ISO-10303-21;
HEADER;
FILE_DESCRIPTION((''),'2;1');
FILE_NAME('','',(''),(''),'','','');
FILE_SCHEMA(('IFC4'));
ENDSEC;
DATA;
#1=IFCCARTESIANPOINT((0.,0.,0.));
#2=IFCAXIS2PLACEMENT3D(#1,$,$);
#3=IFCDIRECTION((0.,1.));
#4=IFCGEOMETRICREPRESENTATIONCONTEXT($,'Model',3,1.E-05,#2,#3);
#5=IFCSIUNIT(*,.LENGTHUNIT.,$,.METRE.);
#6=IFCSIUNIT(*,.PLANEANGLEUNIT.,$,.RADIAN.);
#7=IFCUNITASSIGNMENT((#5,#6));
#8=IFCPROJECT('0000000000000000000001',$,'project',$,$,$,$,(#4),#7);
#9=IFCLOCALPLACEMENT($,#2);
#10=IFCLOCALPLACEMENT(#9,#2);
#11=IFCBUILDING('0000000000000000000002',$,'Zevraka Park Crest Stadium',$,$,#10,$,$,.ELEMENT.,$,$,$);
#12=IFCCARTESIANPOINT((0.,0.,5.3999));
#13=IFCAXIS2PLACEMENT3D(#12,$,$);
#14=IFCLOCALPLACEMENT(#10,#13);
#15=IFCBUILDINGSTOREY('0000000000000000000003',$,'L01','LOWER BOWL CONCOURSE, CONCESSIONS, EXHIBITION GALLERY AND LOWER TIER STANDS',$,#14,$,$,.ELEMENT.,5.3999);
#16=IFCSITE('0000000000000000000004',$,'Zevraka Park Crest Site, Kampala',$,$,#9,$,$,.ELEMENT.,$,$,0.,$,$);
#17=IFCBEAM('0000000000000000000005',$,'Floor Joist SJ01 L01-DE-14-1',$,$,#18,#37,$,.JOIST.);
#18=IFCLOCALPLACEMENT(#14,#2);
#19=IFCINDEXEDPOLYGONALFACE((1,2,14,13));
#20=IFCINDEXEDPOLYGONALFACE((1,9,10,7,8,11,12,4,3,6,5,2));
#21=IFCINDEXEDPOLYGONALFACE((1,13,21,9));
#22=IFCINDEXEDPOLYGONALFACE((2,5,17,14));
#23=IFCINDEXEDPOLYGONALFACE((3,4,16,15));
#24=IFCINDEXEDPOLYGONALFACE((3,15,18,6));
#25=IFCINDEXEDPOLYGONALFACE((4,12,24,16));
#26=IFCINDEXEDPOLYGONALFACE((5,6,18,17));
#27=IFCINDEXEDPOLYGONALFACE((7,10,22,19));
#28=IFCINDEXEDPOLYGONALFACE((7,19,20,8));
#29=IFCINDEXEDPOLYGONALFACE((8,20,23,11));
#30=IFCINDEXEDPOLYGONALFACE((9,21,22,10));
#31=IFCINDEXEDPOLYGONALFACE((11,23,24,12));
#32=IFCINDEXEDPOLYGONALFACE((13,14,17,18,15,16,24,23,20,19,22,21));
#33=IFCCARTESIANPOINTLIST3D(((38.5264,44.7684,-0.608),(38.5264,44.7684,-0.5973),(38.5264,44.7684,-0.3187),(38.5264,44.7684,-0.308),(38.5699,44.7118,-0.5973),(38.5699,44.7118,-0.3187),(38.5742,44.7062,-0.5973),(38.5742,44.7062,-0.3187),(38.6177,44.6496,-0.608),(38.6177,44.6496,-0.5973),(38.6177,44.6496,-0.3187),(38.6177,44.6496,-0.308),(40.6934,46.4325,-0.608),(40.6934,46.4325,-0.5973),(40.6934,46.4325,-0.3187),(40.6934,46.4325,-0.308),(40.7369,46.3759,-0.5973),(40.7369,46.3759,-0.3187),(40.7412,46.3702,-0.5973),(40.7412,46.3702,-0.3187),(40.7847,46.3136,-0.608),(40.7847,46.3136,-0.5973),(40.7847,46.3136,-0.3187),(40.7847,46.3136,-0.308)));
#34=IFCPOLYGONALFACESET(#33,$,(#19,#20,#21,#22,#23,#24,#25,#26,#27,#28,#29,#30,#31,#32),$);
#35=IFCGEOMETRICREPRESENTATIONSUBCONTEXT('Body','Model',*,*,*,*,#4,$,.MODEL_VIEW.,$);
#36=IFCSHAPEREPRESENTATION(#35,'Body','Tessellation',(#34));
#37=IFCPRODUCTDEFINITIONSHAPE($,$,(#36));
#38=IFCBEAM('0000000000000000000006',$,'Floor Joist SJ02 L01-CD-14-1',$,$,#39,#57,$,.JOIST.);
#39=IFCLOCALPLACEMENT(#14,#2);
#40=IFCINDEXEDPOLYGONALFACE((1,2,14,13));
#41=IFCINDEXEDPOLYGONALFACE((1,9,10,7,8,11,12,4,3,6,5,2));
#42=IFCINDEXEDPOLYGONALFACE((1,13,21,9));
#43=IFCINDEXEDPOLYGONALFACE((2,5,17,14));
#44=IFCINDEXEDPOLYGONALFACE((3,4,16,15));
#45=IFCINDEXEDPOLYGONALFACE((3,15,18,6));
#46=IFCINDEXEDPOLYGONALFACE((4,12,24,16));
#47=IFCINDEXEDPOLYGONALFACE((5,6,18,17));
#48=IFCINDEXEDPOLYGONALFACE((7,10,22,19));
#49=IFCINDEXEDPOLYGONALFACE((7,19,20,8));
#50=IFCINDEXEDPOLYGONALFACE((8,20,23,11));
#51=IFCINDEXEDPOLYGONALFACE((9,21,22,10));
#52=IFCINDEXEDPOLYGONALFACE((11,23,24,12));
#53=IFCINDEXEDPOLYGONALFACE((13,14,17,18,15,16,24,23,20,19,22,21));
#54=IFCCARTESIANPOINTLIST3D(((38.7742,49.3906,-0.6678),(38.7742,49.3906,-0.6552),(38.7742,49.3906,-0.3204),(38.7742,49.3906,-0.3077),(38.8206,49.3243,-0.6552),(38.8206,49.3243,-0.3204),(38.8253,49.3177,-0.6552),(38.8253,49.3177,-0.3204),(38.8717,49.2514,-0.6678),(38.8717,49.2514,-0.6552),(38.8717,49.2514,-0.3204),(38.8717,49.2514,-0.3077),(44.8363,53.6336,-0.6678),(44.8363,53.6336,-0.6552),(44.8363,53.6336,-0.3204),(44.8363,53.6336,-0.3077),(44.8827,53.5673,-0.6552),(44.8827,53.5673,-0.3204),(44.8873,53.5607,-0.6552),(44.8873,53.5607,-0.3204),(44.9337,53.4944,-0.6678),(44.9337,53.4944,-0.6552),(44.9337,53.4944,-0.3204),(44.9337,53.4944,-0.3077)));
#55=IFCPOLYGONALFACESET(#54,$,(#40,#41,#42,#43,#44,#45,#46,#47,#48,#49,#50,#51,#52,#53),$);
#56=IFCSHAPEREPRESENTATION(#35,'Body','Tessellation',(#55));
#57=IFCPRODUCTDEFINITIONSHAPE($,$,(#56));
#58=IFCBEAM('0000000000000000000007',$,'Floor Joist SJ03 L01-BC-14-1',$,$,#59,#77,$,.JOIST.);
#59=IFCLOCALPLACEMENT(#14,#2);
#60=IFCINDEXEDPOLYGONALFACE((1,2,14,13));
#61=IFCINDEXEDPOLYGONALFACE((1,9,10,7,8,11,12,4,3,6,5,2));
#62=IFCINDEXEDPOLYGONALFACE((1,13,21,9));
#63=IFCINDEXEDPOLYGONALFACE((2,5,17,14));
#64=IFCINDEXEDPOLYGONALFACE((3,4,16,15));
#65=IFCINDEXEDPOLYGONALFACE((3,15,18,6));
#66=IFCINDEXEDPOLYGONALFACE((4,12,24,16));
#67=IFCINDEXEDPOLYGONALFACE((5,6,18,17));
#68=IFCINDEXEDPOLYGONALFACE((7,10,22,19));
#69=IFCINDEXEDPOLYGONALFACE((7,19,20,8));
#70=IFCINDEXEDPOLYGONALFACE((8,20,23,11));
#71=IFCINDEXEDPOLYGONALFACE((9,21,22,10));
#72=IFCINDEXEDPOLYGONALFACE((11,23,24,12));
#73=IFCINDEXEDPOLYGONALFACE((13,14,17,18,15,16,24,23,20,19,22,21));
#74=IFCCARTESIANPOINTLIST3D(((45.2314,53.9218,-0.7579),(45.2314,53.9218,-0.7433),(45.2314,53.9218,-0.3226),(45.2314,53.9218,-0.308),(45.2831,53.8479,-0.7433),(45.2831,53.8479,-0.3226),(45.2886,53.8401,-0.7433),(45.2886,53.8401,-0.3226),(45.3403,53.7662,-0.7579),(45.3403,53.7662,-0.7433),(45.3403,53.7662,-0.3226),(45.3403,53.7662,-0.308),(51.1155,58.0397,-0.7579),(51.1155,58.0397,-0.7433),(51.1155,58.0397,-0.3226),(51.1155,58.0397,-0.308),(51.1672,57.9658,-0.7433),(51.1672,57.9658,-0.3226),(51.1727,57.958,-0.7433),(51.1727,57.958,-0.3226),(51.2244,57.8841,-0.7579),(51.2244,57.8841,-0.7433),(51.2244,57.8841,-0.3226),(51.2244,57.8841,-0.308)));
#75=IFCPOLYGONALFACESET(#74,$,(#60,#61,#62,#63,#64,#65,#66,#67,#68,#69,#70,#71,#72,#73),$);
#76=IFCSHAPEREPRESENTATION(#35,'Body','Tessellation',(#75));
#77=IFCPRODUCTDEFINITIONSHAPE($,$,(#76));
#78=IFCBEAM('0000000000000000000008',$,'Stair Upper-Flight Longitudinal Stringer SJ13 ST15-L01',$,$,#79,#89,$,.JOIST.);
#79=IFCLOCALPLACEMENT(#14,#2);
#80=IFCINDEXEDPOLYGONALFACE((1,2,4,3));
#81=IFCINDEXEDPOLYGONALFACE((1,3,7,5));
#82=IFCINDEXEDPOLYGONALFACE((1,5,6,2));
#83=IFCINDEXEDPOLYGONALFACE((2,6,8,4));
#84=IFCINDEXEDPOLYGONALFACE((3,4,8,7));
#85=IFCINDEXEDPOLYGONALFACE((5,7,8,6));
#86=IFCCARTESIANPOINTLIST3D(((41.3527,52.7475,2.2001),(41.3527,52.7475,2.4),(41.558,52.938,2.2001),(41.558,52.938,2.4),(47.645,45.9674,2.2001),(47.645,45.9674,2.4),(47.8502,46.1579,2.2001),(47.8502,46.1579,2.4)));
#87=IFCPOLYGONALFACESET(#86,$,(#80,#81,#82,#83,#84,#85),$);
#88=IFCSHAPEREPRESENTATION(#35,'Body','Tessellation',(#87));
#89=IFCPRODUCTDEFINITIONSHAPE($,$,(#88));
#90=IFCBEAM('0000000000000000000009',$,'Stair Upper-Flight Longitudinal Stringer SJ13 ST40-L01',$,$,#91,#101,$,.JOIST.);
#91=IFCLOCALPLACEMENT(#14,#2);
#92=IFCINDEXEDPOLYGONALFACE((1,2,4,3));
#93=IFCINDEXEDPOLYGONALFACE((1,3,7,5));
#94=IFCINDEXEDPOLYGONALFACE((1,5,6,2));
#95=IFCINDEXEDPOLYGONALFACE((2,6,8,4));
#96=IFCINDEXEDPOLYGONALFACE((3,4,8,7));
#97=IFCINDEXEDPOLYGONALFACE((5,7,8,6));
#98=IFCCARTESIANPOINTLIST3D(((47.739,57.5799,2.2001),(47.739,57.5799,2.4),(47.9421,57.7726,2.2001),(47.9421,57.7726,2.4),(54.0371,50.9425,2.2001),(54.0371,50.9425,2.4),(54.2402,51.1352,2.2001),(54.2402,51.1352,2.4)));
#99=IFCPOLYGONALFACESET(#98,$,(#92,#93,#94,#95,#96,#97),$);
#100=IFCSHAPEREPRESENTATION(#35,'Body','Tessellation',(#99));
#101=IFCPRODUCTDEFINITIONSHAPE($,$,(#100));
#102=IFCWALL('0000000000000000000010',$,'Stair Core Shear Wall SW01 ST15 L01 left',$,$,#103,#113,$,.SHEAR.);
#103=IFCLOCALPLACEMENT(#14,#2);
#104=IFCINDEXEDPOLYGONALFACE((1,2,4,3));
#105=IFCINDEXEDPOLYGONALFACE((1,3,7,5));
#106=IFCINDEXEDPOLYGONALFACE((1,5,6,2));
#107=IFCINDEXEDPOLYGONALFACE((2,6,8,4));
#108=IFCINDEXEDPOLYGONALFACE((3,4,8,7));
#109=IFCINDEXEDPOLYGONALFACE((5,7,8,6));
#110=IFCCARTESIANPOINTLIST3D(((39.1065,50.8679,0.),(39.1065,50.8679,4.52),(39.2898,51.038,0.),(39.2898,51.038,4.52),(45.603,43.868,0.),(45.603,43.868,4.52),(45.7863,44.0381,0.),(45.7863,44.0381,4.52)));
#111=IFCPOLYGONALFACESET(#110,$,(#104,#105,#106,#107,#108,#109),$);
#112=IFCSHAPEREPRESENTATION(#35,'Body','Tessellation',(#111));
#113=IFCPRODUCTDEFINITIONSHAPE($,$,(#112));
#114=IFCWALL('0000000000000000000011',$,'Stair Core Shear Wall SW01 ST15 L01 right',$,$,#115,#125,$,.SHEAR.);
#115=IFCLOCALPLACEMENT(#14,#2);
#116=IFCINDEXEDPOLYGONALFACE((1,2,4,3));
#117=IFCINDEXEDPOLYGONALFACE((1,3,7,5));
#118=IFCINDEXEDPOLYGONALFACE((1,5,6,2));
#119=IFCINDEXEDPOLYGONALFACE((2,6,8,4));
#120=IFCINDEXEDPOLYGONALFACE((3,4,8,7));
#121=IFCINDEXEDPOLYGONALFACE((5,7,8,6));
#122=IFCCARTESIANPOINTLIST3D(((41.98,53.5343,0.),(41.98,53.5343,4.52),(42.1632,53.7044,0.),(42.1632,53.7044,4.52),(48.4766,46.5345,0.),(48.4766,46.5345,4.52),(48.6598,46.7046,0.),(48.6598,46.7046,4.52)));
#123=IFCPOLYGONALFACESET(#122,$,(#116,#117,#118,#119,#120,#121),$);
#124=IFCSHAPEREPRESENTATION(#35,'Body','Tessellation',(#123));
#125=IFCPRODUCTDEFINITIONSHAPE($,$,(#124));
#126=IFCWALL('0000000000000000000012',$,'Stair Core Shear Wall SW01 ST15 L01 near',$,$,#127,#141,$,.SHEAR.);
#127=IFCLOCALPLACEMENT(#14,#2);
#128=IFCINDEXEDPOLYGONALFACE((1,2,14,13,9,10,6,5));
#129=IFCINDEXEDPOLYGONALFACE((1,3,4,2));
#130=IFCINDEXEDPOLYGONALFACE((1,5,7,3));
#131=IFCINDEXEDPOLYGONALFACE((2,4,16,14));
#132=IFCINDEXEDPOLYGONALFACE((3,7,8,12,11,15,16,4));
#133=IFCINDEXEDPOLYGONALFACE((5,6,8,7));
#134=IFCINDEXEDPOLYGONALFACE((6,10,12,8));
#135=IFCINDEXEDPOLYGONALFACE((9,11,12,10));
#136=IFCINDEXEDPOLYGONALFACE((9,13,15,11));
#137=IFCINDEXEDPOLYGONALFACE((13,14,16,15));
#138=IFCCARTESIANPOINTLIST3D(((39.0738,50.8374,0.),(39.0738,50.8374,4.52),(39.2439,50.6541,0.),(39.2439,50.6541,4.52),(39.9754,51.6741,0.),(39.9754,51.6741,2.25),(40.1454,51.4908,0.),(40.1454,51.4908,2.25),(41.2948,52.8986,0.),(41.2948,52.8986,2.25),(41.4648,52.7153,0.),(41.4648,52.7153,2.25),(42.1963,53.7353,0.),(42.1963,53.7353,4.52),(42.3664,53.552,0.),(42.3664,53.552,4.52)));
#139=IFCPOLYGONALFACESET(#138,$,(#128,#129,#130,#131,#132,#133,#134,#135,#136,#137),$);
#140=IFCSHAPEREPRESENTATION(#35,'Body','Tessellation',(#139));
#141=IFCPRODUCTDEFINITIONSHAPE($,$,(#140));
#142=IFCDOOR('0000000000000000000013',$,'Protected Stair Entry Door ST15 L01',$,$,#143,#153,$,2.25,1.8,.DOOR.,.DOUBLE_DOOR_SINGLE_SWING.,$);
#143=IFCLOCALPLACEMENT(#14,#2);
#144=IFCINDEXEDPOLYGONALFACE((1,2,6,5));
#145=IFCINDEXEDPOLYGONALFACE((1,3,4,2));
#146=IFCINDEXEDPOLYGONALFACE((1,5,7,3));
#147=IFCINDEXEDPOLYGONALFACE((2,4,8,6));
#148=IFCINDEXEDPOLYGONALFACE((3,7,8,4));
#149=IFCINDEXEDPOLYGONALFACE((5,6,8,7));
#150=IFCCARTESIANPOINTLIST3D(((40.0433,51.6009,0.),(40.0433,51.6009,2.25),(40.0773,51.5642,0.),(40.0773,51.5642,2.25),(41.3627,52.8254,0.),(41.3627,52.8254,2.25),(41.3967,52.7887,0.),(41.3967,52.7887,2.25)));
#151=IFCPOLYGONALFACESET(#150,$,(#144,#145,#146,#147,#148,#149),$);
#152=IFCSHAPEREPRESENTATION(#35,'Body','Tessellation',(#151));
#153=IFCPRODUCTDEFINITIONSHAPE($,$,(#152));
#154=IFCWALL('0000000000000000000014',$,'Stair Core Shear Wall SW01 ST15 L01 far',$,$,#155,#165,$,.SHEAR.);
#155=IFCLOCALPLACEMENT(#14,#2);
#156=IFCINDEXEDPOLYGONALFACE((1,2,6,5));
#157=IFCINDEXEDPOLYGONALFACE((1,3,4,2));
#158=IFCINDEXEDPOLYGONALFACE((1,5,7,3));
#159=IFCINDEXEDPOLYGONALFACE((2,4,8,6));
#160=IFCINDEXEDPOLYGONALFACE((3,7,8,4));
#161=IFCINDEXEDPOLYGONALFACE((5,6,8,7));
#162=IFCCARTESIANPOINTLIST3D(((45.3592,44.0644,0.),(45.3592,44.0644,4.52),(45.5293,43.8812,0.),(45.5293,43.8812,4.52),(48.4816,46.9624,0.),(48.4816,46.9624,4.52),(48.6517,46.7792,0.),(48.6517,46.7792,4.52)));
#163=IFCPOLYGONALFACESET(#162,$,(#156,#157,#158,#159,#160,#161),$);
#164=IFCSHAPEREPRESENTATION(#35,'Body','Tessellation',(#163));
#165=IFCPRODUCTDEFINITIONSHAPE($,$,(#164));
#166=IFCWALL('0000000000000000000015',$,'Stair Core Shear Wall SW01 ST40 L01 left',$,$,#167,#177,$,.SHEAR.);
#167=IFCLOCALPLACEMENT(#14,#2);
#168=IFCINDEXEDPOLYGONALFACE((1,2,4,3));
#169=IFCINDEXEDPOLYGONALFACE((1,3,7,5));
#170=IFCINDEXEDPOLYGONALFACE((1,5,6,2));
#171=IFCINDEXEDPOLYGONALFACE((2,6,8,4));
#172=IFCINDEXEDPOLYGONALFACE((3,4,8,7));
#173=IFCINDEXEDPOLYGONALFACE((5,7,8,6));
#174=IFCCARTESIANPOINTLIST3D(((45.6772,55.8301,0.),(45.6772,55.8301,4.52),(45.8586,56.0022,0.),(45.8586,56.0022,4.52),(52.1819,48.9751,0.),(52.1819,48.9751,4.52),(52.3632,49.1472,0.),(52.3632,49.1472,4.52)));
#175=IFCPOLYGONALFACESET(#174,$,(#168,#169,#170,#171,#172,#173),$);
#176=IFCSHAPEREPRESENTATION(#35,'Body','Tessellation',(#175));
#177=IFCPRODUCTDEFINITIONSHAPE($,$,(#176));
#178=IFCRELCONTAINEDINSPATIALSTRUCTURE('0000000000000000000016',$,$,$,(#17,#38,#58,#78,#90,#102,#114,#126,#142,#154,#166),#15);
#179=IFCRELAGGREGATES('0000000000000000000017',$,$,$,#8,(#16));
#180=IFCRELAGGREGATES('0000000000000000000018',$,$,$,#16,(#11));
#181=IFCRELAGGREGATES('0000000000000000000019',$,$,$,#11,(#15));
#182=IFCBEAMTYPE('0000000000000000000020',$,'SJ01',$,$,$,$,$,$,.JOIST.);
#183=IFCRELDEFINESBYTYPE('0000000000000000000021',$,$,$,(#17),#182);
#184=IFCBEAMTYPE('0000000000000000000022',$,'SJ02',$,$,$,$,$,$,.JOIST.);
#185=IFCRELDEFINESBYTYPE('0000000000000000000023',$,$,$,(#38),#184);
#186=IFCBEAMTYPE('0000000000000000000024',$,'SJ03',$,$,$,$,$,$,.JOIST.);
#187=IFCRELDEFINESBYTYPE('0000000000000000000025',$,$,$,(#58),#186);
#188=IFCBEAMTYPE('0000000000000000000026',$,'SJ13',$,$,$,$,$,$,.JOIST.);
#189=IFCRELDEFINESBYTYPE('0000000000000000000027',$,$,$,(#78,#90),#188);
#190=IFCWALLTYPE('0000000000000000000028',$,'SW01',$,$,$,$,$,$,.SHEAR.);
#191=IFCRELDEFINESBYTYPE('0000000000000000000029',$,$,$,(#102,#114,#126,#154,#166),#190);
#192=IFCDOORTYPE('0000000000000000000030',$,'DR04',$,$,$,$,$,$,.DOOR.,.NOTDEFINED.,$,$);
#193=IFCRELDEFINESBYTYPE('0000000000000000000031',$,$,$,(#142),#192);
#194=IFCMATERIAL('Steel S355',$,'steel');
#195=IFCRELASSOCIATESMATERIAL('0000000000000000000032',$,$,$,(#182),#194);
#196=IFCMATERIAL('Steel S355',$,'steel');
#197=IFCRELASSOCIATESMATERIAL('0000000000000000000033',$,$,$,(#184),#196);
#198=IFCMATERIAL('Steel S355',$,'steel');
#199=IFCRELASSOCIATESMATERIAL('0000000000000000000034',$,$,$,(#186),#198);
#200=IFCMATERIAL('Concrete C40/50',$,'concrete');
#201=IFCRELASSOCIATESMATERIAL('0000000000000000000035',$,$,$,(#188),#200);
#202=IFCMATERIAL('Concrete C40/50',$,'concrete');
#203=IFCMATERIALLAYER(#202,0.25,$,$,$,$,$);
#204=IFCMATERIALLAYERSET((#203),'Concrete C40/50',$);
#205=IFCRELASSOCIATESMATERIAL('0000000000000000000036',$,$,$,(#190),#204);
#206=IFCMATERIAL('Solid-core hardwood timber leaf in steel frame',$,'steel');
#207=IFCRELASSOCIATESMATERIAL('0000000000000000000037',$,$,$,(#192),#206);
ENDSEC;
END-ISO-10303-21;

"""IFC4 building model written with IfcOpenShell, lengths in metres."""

from ifc_helpers import new_model, si_unit, direction, frame, frame_2d, origin, origin_2d, place, context, subcontext, project, spatial, rectangle, i_section, extrude, material, layer, layer_set, material_profile, profile_set, type_object, element, fill, save


model = new_model("IFC4")

# Units and contexts
model_context = context("Model", 3, precision=1e-05, world=origin(), true_north=direction((0.0, 1.0)))
body_context = subcontext(model_context, "Body", "Model", "MODEL_VIEW")
ifc_project = project(units=[si_unit("LENGTHUNIT", "METRE"), si_unit("PLANEANGLEUNIT", "RADIAN")], contexts=[model_context])

# Site, building, storey
site_placement = place(None, origin())
site = spatial("IfcSite", under=ifc_project, at=site_placement, Name="Zevraka Park Crest Site, Kampala", CompositionType="ELEMENT", RefElevation=0.0)
building_placement = place(site_placement, origin())
building = spatial("IfcBuilding", under=site, at=building_placement, Name="Zevraka Park Crest Stadium", CompositionType="ELEMENT")
storey_placement = place(building_placement, frame((0.0, 0.0, 5.3999)))
storey = spatial("IfcBuildingStorey", under=building, at=storey_placement, Name="L01", Description="LOWER BOWL CONCOURSE, CONCESSIONS, EXHIBITION GALLERY AND LOWER TIER STANDS", CompositionType="ELEMENT", Elevation=5.3999)

# Beams
ifc_material_1 = material(Name="Steel S355", Category="steel")
ifc_material_profile_1 = material_profile(ifc_material_1, i_section(OverallWidth=0.1499, OverallDepth=0.3, WebThickness=0.0071, FlangeThickness=0.0107, at=origin_2d()), Name="IPE 300")
ifc_profile_set_1 = profile_set([ifc_material_profile_1], Name="Steel S355")
beam_type_1 = type_object("IfcBeamType", Name="SJ01", PredefinedType="JOIST", material=ifc_profile_set_1)
beam_1_placement = place(storey_placement, frame((40.739, 46.373, -0.458), z_axis=(-0.793129, -0.609054, 0.0), x_axis=(0.609054, -0.793129, 0.0)))
element("IfcBeam", 1, at=beam_1_placement, inside=storey, type_object=beam_type_1, Name="Floor Joist SJ01 L01-DE-14-1", PredefinedType="JOIST", context=body_context, shape_type="SweptSolid", body=[
    extrude(i_section(OverallWidth=0.1499, OverallDepth=0.3, WebThickness=0.0071, FlangeThickness=0.0107, at=origin_2d()), origin(), (0.0, 0.0, 1.0), 2.7322),
])
ifc_material_2 = material(Name="Steel S355", Category="steel")
ifc_material_profile_2 = material_profile(ifc_material_2, i_section(OverallWidth=0.1699, OverallDepth=0.3601, WebThickness=0.0081, FlangeThickness=0.0127, at=origin_2d()), Name="IPE 360")
ifc_profile_set_2 = profile_set([ifc_material_profile_2], Name="Steel S355")
beam_type_2 = type_object("IfcBeamType", Name="SJ02", PredefinedType="JOIST", material=ifc_profile_set_2)
beam_2_placement = place(storey_placement, frame((44.885, 53.564, -0.4878), z_axis=(-0.819263, -0.573418, 0.0), x_axis=(0.573418, -0.819263, 0.0)))
element("IfcBeam", 2, at=beam_2_placement, inside=storey, type_object=beam_type_2, Name="Floor Joist SJ02 L01-CD-14-1", PredefinedType="JOIST", context=body_context, shape_type="SweptSolid", body=[
    extrude(i_section(OverallWidth=0.1699, OverallDepth=0.3601, WebThickness=0.0081, FlangeThickness=0.0127, at=origin_2d()), origin(), (0.0, 0.0, 1.0), 7.3994),
])
ifc_material_3 = material(Name="Steel S355", Category="steel")
ifc_material_profile_3 = material_profile(ifc_material_3, i_section(OverallWidth=0.1899, OverallDepth=0.45, WebThickness=0.0095, FlangeThickness=0.0146, at=origin_2d()), Name="IPE 450")
ifc_profile_set_3 = profile_set([ifc_material_profile_3], Name="Steel S355")
beam_type_3 = type_object("IfcBeamType", Name="SJ03", PredefinedType="JOIST", material=ifc_profile_set_3)
beam_3_placement = place(storey_placement, frame((51.1699, 57.9619, -0.533), z_axis=(-0.819291, -0.573378, 0.0), x_axis=(0.573378, -0.819291, 0.0)))
element("IfcBeam", 3, at=beam_3_placement, inside=storey, type_object=beam_type_3, Name="Floor Joist SJ03 L01-BC-14-1", PredefinedType="JOIST", context=body_context, shape_type="SweptSolid", body=[
    extrude(i_section(OverallWidth=0.1899, OverallDepth=0.45, WebThickness=0.0095, FlangeThickness=0.0146, at=origin_2d()), origin(), (0.0, 0.0, 1.0), 7.1819),
])
ifc_material_4 = material(Name="Concrete C40/50", Category="concrete")
ifc_material_profile_4 = material_profile(ifc_material_4, rectangle(XDim=0.28, YDim=0.2, at=origin_2d()), Name="RC 200x280")
ifc_profile_set_4 = profile_set([ifc_material_profile_4], Name="Concrete C40/50")
beam_type_4 = type_object("IfcBeamType", Name="SJ13", PredefinedType="JOIST", material=ifc_profile_set_4)
beam_4_placement = place(storey_placement, frame((41.4553, 52.8428, 2.3), z_axis=(0.680248, -0.732982, 0.0), x_axis=(0.732982, 0.680248, 0.0)))
element("IfcBeam", 4, at=beam_4_placement, inside=storey, type_object=beam_type_4, Name="Stair Upper-Flight Longitudinal Stringer SJ13 ST15-L01", PredefinedType="JOIST", context=body_context, shape_type="SweptSolid", body=[
    extrude(rectangle(XDim=0.28, YDim=0.2, at=origin_2d()), origin(), (0.0, 0.0, 1.0), 9.25),
])
beam_5_placement = place(storey_placement, frame((47.8406, 57.6763, 2.3), z_axis=(0.688319, -0.725408, 0.0), x_axis=(0.725408, 0.688319, 0.0)))
element("IfcBeam", 5, at=beam_5_placement, inside=storey, type_object=beam_type_4, Name="Stair Upper-Flight Longitudinal Stringer SJ13 ST40-L01", PredefinedType="JOIST", context=body_context, shape_type="SweptSolid", body=[
    extrude(rectangle(XDim=0.28, YDim=0.2, at=origin_2d()), origin(), (0.0, 0.0, 1.0), 9.1499),
])

# Walls
ifc_material_5 = material(Name="Concrete C40/50", Category="concrete")
ifc_layer = layer(ifc_material_5, 0.25)
ifc_layer_set = layer_set([ifc_layer], Name="Concrete C40/50")
wall_type = type_object("IfcWallType", Name="SW01", PredefinedType="SHEAR", material=ifc_layer_set)
for number, where, z_axis, x_axis, name in (
    (6, (39.1982, 50.9529, 0.0), (0.0, 0.0, 1.0), (0.680259, -0.732972, 0.0), "Stair Core Shear Wall SW01 ST15 L01 left"),
    (7, (48.5681, 46.6196, 0.0), (0.0, 0.0, 1.0), (-0.680272, 0.73296, 0.0), "Stair Core Shear Wall SW01 ST15 L01 right"),
):
    element("IfcWall", number, at=place(storey_placement, frame(where, z_axis=z_axis, x_axis=x_axis)), inside=storey, type_object=wall_type, Name=name, PredefinedType="SHEAR", context=body_context, shape_type="SweptSolid", body=[
        extrude(rectangle(XDim=9.55, YDim=0.25, at=frame_2d((4.7749, 0.0))), origin(), (0.0, 0.0, 1.0), 4.52),
    ])

# Wall, opening, door
wall_1_placement = place(storey_placement, frame((42.2812, 53.6436, 0.0), z_axis=(0.0, 0.0, 1.0), x_axis=(-0.732977, -0.680253, 0.0)))
wall_1 = element("IfcWall", 8, at=wall_1_placement, inside=storey, type_object=wall_type, Name="Stair Core Shear Wall SW01 ST15 L01 near", PredefinedType="SHEAR", context=body_context, shape_type="SweptSolid", body=[
    extrude(rectangle(XDim=4.26, YDim=0.25, at=frame_2d((2.1299, 0.0))), origin(), (0.0, 0.0, 1.0), 4.52),
])
opening_placement = place(wall_1_placement, frame((1.23, 0.0, 0.0)))
opening = element("IfcOpeningElement", 9, at=opening_placement, cuts=wall_1, PredefinedType="OPENING", context=body_context, shape_type="SweptSolid", body=[
    extrude(rectangle(XDim=1.8, YDim=2.25, at=frame_2d((0.8999, 1.125))), frame((0.0, 0.135, 0.0), z_axis=(0.0, -1.0, 0.0), x_axis=(1.0, 0.0, 0.0)), (0.0, 0.0, 1.0), 0.27),
])
ifc_material_6 = material(Name="Solid-core hardwood timber leaf in steel frame", Category="steel")
door_type = type_object("IfcDoorType", Name="DR04", OperationType="NOTDEFINED", PredefinedType="DOOR", material=ifc_material_6)
door_placement = place(opening_placement, origin())
door = element("IfcDoor", 10, at=door_placement, inside=storey, type_object=door_type, Name="Protected Stair Entry Door ST15 L01", OperationType="DOUBLE_DOOR_SINGLE_SWING", OverallHeight=2.25, OverallWidth=1.8, PredefinedType="DOOR", context=body_context, shape_type="SweptSolid", body=[
    extrude(rectangle(XDim=1.8, YDim=2.25, at=frame_2d((0.8999, 1.125))), frame((0.0, 0.0249, 0.0), z_axis=(0.0, -1.0, 0.0), x_axis=(1.0, 0.0, 0.0)), (0.0, 0.0, 1.0), 0.05),
])
fill(opening, door)

# Walls
wall_2_placement = place(storey_placement, frame((45.4443, 43.9729, 0.0), z_axis=(0.0, 0.0, 1.0), x_axis=(0.732951, 0.680282, 0.0)))
element("IfcWall", 11, at=wall_2_placement, inside=storey, type_object=wall_type, Name="Stair Core Shear Wall SW01 ST15 L01 far", PredefinedType="SHEAR", context=body_context, shape_type="SweptSolid", body=[
    extrude(rectangle(XDim=4.26, YDim=0.25, at=frame_2d((2.1299, 0.0))), origin(), (0.0, 0.0, 1.0), 4.52),
])
wall_3_placement = place(storey_placement, frame((45.7678, 55.9163, 0.0), z_axis=(0.0, 0.0, 1.0), x_axis=(0.688327, -0.725401, 0.0)))
element("IfcWall", 12, at=wall_3_placement, inside=storey, type_object=wall_type, Name="Stair Core Shear Wall SW01 ST40 L01 left", PredefinedType="SHEAR", context=body_context, shape_type="SweptSolid", body=[
    extrude(rectangle(XDim=9.45, YDim=0.25, at=frame_2d((4.7251, 0.0))), origin(), (0.0, 0.0, 1.0), 4.52),
])

save(model, "model.ifc")
